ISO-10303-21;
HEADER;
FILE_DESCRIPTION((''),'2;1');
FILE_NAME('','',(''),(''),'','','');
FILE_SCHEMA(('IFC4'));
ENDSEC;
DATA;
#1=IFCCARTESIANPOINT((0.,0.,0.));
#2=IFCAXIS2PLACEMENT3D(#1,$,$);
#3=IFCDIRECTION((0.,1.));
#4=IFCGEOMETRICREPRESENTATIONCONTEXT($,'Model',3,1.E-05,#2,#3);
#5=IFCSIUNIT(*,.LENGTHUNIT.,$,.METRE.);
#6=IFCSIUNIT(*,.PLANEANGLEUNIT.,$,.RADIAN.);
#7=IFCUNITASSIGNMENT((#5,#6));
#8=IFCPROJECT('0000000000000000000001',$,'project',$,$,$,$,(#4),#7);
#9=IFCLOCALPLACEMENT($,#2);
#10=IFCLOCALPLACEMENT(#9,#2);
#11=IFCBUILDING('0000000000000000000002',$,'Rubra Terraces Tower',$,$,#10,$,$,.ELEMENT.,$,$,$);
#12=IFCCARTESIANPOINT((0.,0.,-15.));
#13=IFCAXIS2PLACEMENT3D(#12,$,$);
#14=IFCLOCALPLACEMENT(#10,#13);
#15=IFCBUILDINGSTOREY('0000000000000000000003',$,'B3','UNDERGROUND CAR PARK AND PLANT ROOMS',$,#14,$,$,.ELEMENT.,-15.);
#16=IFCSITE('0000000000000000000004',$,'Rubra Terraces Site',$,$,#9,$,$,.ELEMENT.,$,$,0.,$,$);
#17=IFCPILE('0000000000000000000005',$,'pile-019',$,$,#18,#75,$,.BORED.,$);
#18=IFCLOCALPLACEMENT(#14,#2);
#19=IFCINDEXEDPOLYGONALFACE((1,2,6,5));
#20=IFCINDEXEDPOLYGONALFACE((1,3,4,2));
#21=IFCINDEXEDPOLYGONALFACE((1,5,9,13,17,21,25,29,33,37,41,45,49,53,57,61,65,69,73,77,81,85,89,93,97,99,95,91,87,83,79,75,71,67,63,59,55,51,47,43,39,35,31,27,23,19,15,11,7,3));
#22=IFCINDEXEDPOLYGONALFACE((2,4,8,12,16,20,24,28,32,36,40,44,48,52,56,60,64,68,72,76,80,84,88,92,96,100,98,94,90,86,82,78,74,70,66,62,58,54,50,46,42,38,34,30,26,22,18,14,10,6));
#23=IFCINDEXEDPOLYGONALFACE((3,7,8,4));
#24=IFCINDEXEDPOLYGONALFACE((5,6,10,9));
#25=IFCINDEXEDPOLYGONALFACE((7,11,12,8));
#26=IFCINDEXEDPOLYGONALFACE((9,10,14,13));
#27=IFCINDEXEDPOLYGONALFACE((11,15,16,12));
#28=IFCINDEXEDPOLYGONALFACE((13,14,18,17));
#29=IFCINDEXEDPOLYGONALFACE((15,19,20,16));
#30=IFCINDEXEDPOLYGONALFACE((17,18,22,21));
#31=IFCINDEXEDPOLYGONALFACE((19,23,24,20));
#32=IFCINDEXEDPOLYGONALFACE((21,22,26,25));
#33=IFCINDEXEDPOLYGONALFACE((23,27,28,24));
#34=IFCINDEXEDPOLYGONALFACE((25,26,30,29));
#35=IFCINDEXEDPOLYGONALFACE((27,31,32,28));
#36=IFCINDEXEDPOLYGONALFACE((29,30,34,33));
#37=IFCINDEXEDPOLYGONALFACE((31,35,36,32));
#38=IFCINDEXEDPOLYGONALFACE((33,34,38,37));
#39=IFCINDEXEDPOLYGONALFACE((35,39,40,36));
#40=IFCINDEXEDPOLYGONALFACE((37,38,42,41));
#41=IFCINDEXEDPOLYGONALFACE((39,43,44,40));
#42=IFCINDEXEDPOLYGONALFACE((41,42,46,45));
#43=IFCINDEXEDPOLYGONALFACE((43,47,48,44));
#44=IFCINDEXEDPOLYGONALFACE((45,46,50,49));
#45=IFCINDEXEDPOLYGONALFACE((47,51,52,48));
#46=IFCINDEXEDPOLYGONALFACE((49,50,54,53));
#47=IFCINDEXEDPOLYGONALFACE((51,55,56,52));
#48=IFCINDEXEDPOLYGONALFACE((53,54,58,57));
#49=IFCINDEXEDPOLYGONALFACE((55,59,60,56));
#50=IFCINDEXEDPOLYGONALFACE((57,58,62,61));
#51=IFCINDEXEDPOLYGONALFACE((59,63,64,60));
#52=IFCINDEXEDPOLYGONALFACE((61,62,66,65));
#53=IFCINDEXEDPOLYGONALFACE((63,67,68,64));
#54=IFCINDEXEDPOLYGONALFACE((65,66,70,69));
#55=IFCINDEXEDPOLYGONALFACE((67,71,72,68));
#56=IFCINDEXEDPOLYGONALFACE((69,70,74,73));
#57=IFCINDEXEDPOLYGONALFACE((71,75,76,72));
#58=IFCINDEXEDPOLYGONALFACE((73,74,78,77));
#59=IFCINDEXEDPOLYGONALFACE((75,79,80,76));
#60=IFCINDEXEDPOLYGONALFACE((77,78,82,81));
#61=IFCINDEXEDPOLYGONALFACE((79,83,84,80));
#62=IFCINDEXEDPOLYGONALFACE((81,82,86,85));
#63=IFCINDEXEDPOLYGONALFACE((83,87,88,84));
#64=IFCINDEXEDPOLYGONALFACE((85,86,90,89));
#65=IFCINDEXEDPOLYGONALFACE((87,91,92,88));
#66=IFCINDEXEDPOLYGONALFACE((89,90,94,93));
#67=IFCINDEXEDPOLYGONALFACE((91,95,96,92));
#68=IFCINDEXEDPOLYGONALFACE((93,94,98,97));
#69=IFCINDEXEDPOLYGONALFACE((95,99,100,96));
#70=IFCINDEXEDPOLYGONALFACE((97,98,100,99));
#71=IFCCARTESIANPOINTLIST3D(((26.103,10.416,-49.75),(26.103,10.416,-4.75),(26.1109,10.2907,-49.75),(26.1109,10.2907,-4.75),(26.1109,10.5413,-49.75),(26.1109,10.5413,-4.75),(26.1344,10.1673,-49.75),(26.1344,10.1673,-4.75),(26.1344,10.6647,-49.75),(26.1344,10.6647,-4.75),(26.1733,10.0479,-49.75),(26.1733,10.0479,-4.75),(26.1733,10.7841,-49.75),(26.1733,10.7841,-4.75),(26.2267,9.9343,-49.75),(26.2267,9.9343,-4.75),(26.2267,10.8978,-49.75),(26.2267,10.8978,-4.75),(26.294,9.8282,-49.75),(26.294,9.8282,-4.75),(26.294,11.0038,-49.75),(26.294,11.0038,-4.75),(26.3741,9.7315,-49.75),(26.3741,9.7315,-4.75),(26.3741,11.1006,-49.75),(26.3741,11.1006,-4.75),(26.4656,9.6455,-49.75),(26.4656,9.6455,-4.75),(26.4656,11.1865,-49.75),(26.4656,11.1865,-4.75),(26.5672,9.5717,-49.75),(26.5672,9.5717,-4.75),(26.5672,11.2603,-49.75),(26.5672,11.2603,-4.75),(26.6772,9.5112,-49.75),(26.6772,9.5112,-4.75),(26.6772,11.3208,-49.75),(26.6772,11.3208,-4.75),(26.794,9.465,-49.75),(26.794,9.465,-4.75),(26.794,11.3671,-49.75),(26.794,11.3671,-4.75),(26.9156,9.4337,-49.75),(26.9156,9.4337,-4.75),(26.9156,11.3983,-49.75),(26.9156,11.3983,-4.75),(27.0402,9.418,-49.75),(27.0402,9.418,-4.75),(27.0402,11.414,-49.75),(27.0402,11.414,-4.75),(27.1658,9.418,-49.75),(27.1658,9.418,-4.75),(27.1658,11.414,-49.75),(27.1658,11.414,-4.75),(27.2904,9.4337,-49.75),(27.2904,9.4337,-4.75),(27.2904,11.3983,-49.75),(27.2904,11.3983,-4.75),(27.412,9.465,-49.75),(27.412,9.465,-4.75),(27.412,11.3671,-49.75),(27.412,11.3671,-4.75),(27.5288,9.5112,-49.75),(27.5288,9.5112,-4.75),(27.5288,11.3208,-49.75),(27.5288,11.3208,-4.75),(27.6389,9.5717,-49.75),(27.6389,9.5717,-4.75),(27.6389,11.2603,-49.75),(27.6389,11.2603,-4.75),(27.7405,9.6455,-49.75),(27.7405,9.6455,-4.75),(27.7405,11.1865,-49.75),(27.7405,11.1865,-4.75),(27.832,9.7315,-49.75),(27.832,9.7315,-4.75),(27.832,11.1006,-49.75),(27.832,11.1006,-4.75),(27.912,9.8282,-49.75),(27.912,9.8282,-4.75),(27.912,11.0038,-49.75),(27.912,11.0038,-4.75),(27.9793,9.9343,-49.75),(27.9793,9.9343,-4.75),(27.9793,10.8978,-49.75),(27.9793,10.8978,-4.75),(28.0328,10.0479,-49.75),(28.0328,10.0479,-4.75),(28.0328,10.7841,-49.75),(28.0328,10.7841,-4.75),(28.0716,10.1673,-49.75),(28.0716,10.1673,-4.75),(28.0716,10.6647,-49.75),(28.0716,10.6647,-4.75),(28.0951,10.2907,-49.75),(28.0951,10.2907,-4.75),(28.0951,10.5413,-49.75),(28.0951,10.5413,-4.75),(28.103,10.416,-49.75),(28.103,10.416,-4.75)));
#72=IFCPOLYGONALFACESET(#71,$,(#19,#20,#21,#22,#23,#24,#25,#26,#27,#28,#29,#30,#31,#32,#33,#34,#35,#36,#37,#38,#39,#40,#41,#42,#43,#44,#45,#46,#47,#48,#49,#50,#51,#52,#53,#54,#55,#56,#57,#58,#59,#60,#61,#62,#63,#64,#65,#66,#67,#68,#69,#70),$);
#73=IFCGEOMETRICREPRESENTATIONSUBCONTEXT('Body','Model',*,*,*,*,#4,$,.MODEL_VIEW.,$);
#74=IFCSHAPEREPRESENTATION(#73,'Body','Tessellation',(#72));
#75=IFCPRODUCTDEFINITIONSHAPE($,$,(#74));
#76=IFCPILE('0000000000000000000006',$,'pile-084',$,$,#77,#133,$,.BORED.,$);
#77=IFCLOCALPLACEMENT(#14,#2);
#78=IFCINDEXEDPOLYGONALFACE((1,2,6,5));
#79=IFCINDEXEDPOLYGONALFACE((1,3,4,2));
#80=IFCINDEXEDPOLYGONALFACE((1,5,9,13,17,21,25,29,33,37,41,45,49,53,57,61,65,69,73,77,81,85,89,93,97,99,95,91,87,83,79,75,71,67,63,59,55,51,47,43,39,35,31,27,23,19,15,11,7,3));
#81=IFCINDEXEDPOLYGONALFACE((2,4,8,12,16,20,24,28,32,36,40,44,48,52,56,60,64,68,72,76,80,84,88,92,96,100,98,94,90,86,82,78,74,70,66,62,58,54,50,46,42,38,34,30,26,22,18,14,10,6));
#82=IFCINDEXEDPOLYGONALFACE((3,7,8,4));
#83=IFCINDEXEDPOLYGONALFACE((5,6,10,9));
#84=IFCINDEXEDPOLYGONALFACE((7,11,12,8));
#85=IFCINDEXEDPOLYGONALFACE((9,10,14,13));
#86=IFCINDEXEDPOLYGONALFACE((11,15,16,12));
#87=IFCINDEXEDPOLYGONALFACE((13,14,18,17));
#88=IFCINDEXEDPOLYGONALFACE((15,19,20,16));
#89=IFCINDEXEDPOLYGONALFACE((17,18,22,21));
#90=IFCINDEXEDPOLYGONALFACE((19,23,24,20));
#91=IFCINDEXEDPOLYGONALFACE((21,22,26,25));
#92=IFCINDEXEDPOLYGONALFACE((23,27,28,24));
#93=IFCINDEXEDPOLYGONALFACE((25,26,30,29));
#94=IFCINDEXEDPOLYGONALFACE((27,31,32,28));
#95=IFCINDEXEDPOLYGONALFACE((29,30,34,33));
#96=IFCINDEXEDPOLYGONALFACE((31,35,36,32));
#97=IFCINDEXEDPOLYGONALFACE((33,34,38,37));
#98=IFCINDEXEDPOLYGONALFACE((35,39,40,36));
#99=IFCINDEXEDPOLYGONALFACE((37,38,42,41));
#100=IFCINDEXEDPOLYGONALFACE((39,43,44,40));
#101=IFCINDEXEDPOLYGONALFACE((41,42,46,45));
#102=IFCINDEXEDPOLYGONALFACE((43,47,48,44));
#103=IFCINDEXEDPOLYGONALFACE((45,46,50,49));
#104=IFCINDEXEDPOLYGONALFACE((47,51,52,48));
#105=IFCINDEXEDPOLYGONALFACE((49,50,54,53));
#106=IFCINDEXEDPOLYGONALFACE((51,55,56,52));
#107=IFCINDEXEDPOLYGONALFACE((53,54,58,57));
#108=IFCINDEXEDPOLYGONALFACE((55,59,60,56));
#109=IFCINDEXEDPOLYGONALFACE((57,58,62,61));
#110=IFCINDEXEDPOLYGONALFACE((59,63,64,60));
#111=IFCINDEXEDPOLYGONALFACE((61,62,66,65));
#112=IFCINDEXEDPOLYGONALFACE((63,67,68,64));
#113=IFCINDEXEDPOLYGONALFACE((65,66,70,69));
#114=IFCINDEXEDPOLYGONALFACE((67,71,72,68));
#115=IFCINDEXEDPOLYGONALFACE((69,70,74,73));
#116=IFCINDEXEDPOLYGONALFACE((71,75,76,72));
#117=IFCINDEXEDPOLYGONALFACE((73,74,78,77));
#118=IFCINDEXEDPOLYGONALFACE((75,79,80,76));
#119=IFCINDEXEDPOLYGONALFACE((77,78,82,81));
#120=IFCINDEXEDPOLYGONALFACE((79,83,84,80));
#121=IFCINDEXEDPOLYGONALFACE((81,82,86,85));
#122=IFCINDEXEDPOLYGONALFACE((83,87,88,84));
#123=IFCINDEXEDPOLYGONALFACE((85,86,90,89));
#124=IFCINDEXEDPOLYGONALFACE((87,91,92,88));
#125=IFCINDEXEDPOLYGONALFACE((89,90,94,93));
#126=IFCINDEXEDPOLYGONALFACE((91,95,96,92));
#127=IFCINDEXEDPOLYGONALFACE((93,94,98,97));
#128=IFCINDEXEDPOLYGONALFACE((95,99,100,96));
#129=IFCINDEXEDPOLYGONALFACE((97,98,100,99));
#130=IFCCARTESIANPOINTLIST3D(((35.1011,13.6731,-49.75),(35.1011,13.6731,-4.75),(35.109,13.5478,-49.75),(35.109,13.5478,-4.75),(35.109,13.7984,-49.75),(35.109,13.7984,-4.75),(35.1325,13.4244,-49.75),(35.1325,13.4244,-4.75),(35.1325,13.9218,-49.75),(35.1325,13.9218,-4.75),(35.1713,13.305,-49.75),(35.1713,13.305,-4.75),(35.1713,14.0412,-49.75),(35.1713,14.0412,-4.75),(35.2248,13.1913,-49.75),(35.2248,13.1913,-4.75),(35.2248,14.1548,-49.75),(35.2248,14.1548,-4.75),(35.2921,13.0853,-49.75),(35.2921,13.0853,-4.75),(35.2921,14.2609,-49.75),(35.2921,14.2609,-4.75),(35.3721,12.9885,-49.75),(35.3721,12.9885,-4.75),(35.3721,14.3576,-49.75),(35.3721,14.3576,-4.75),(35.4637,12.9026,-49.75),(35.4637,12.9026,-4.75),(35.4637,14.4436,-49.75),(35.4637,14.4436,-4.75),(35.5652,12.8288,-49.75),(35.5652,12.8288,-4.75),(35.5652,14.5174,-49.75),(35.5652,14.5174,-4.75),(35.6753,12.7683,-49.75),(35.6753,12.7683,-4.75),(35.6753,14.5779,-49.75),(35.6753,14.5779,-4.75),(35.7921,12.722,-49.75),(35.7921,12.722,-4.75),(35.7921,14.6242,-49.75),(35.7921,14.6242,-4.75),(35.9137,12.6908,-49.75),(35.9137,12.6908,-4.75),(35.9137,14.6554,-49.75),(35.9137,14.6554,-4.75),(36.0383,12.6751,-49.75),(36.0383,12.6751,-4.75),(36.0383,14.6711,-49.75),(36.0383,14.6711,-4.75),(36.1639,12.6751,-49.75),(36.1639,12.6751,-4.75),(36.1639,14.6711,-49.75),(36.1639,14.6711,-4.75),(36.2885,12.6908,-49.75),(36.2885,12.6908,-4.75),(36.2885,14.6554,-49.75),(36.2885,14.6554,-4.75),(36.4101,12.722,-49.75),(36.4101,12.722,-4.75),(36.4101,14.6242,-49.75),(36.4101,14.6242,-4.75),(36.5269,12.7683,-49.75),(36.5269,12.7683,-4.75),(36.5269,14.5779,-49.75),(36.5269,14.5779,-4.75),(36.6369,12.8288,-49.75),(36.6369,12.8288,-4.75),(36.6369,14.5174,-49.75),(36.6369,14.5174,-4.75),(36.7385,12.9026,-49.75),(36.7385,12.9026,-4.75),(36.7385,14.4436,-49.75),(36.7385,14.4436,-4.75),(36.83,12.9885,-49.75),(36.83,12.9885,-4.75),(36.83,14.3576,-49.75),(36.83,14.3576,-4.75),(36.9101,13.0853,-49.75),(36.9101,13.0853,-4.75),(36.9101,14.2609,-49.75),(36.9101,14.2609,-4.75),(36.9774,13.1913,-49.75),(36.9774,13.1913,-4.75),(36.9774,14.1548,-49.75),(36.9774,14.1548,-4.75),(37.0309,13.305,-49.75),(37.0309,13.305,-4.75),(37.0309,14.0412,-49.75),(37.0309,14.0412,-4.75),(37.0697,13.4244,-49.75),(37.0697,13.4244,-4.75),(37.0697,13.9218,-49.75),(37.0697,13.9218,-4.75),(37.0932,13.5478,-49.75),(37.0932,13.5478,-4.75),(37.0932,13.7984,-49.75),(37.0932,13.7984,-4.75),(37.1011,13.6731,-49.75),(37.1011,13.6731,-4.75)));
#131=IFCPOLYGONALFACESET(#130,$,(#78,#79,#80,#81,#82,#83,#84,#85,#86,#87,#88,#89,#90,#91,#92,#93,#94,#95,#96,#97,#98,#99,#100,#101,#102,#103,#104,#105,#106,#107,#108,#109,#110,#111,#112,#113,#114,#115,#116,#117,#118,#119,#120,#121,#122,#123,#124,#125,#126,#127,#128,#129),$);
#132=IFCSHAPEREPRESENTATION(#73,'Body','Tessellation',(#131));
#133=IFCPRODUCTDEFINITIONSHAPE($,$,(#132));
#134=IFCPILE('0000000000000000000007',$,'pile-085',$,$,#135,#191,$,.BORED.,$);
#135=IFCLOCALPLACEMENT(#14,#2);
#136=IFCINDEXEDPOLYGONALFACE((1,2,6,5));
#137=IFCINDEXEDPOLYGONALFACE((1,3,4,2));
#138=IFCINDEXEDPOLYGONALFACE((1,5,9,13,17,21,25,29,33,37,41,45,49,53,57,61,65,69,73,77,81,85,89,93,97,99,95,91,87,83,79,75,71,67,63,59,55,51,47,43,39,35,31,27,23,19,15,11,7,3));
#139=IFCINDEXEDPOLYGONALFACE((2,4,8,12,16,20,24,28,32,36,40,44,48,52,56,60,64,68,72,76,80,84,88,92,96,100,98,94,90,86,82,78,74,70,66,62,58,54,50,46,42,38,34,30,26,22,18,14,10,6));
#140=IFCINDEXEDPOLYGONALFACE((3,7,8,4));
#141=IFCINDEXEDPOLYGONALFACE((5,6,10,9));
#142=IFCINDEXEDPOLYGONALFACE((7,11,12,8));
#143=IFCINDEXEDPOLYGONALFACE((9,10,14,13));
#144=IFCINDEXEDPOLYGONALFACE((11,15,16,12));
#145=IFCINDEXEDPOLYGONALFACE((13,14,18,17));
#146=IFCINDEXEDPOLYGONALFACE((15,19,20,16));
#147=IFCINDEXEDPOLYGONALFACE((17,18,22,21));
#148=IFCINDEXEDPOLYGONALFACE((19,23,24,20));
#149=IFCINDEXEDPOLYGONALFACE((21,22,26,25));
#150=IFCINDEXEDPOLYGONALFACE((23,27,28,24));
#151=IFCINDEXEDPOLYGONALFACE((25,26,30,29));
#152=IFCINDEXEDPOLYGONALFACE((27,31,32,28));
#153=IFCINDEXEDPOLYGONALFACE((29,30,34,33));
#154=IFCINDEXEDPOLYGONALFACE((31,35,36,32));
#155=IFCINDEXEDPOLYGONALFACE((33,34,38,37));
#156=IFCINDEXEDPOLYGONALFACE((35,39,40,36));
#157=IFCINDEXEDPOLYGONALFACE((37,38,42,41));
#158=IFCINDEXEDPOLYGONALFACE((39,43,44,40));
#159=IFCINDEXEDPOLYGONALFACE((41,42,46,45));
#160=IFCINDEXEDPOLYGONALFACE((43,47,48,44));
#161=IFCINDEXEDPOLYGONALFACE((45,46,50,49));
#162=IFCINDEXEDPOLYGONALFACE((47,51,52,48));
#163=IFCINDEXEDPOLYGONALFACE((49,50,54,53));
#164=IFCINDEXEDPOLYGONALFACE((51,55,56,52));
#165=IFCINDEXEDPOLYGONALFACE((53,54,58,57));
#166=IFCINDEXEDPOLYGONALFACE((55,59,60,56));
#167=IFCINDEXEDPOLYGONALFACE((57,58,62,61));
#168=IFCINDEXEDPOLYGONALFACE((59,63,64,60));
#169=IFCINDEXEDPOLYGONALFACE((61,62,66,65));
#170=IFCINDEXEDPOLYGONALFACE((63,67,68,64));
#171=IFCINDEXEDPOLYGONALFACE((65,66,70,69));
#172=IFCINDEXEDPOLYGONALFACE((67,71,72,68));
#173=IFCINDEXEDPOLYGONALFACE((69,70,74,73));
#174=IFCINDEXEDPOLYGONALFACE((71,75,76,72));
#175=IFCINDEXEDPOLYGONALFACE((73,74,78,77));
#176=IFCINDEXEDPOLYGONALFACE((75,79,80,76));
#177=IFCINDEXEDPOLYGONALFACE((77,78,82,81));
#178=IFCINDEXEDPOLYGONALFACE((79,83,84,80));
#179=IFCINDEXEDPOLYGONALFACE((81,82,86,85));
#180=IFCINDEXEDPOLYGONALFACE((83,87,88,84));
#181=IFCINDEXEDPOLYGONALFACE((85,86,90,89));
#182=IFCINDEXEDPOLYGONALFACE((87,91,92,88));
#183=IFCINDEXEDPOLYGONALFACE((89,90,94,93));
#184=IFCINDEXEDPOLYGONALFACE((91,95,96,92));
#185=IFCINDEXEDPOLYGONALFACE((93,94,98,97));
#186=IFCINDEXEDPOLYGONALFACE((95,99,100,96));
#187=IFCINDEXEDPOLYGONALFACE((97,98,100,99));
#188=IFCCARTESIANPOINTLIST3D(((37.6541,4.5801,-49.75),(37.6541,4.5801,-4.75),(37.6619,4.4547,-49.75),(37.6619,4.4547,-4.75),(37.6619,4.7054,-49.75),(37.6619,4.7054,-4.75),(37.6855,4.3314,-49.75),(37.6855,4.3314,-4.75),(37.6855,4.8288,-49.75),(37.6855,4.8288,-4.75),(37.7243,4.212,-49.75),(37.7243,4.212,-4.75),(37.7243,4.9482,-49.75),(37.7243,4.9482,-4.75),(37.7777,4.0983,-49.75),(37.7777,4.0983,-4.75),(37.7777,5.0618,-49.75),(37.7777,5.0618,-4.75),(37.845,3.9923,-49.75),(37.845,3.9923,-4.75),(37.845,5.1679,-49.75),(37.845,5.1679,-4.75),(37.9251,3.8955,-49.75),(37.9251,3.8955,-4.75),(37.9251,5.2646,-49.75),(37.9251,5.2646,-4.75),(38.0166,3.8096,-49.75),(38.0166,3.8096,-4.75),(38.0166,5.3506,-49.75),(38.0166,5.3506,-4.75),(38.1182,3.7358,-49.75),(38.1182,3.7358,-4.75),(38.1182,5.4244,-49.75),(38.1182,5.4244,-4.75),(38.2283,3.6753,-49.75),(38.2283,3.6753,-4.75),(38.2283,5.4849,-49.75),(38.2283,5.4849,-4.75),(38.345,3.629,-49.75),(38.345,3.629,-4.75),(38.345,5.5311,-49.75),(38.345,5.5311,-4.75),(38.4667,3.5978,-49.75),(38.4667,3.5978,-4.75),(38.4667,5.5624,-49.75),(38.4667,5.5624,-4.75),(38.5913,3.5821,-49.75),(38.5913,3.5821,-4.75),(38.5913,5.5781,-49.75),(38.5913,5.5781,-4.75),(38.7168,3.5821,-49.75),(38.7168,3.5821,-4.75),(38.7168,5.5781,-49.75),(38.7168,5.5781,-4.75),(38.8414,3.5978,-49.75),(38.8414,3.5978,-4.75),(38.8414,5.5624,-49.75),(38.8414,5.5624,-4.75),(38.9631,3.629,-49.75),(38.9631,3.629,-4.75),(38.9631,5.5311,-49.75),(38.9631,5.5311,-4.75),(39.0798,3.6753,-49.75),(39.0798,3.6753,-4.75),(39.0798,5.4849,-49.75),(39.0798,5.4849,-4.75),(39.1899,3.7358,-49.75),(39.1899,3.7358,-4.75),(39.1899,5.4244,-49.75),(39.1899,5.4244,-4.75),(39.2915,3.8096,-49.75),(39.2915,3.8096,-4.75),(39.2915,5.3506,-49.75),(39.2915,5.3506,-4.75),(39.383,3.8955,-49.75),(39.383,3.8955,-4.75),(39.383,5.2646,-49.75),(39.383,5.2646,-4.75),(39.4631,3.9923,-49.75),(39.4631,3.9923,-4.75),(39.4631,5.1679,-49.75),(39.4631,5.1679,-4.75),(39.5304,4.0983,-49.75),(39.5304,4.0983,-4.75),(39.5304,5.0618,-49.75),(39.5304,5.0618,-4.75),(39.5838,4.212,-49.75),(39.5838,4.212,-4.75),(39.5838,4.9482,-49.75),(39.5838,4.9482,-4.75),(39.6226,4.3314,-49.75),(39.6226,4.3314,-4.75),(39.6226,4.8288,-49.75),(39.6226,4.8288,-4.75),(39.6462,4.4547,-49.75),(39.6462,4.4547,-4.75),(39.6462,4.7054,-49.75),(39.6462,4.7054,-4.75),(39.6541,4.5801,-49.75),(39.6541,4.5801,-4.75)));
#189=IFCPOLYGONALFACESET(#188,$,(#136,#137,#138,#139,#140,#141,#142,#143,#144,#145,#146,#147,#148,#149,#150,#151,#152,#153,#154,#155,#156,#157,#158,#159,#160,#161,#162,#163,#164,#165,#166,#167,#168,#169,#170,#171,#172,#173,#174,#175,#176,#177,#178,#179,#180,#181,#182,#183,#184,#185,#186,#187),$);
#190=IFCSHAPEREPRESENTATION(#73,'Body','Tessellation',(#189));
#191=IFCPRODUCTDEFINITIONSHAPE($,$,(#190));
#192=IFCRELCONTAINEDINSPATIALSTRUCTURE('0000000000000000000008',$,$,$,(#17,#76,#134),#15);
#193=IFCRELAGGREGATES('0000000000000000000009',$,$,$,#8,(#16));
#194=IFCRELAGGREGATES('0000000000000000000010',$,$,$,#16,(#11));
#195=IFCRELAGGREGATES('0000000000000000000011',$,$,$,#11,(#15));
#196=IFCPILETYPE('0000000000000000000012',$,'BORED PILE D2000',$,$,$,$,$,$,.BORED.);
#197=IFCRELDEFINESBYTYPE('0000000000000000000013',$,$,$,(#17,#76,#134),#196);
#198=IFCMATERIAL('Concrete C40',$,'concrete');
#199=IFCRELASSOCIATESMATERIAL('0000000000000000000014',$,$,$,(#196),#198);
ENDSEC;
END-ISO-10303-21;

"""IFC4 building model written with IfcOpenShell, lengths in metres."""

from ifc_helpers import new_model, si_unit, direction, frame, origin, origin_2d, place, context, subcontext, project, spatial, circle, extrude, material, material_profile, profile_set, type_object, element, save


model = new_model("IFC4")

# Units and contexts
model_context = context("Model", 3, precision=1e-05, world=origin(), true_north=direction((0.0, 1.0)))
body_context = subcontext(model_context, "Body", "Model", "MODEL_VIEW")
ifc_project = project(units=[si_unit("LENGTHUNIT", "METRE"), si_unit("PLANEANGLEUNIT", "RADIAN")], contexts=[model_context])

# Site, building, storey
site_placement = place(None, origin())
site = spatial("IfcSite", under=ifc_project, at=site_placement, Name="Rubra Terraces Site", CompositionType="ELEMENT", RefElevation=0.0)
building_placement = place(site_placement, origin())
building = spatial("IfcBuilding", under=site, at=building_placement, Name="Rubra Terraces Tower", CompositionType="ELEMENT")
storey_placement = place(building_placement, frame((0.0, 0.0, -15.0)))
storey = spatial("IfcBuildingStorey", under=building, at=storey_placement, Name="B3", Description="UNDERGROUND CAR PARK AND PLANT ROOMS", CompositionType="ELEMENT", Elevation=-15.0)

# Piles
ifc_material_1 = material(Name="Concrete C40", Category="concrete")
ifc_material_profile_1 = material_profile(ifc_material_1, circle(Radius=1.0, at=origin_2d()), Name="BORED PILE D2000")
ifc_profile_set_1 = profile_set([ifc_material_profile_1], Name="Concrete C40")
pile_type = type_object("IfcPileType", Name="BORED PILE D2000", PredefinedType="BORED", material=ifc_profile_set_1)
for number, where, z_axis, x_axis, name in (
    (1, (27.103, 10.416, -4.75), (0.0, 0.0, -1.0), (1.0, 0.0, 0.0), "pile-019"),
    (2, (36.1011, 13.6731, -4.75), (0.0, 0.0, -1.0), (1.0, 0.0, 0.0), "pile-084"),
    (3, (38.6541, 4.5801, -4.75), (0.0, 0.0, -1.0), (1.0, 0.0, 0.0), "pile-085"),
):
    element("IfcPile", number, at=place(storey_placement, frame(where, z_axis=z_axis, x_axis=x_axis)), inside=storey, type_object=pile_type, Name=name, PredefinedType="BORED", context=body_context, shape_type="SweptSolid", body=[
        extrude(circle(Radius=1.0, at=origin_2d()), origin(), (0.0, 0.0, 1.0), 45.0),
    ])

save(model, "model.ifc")
